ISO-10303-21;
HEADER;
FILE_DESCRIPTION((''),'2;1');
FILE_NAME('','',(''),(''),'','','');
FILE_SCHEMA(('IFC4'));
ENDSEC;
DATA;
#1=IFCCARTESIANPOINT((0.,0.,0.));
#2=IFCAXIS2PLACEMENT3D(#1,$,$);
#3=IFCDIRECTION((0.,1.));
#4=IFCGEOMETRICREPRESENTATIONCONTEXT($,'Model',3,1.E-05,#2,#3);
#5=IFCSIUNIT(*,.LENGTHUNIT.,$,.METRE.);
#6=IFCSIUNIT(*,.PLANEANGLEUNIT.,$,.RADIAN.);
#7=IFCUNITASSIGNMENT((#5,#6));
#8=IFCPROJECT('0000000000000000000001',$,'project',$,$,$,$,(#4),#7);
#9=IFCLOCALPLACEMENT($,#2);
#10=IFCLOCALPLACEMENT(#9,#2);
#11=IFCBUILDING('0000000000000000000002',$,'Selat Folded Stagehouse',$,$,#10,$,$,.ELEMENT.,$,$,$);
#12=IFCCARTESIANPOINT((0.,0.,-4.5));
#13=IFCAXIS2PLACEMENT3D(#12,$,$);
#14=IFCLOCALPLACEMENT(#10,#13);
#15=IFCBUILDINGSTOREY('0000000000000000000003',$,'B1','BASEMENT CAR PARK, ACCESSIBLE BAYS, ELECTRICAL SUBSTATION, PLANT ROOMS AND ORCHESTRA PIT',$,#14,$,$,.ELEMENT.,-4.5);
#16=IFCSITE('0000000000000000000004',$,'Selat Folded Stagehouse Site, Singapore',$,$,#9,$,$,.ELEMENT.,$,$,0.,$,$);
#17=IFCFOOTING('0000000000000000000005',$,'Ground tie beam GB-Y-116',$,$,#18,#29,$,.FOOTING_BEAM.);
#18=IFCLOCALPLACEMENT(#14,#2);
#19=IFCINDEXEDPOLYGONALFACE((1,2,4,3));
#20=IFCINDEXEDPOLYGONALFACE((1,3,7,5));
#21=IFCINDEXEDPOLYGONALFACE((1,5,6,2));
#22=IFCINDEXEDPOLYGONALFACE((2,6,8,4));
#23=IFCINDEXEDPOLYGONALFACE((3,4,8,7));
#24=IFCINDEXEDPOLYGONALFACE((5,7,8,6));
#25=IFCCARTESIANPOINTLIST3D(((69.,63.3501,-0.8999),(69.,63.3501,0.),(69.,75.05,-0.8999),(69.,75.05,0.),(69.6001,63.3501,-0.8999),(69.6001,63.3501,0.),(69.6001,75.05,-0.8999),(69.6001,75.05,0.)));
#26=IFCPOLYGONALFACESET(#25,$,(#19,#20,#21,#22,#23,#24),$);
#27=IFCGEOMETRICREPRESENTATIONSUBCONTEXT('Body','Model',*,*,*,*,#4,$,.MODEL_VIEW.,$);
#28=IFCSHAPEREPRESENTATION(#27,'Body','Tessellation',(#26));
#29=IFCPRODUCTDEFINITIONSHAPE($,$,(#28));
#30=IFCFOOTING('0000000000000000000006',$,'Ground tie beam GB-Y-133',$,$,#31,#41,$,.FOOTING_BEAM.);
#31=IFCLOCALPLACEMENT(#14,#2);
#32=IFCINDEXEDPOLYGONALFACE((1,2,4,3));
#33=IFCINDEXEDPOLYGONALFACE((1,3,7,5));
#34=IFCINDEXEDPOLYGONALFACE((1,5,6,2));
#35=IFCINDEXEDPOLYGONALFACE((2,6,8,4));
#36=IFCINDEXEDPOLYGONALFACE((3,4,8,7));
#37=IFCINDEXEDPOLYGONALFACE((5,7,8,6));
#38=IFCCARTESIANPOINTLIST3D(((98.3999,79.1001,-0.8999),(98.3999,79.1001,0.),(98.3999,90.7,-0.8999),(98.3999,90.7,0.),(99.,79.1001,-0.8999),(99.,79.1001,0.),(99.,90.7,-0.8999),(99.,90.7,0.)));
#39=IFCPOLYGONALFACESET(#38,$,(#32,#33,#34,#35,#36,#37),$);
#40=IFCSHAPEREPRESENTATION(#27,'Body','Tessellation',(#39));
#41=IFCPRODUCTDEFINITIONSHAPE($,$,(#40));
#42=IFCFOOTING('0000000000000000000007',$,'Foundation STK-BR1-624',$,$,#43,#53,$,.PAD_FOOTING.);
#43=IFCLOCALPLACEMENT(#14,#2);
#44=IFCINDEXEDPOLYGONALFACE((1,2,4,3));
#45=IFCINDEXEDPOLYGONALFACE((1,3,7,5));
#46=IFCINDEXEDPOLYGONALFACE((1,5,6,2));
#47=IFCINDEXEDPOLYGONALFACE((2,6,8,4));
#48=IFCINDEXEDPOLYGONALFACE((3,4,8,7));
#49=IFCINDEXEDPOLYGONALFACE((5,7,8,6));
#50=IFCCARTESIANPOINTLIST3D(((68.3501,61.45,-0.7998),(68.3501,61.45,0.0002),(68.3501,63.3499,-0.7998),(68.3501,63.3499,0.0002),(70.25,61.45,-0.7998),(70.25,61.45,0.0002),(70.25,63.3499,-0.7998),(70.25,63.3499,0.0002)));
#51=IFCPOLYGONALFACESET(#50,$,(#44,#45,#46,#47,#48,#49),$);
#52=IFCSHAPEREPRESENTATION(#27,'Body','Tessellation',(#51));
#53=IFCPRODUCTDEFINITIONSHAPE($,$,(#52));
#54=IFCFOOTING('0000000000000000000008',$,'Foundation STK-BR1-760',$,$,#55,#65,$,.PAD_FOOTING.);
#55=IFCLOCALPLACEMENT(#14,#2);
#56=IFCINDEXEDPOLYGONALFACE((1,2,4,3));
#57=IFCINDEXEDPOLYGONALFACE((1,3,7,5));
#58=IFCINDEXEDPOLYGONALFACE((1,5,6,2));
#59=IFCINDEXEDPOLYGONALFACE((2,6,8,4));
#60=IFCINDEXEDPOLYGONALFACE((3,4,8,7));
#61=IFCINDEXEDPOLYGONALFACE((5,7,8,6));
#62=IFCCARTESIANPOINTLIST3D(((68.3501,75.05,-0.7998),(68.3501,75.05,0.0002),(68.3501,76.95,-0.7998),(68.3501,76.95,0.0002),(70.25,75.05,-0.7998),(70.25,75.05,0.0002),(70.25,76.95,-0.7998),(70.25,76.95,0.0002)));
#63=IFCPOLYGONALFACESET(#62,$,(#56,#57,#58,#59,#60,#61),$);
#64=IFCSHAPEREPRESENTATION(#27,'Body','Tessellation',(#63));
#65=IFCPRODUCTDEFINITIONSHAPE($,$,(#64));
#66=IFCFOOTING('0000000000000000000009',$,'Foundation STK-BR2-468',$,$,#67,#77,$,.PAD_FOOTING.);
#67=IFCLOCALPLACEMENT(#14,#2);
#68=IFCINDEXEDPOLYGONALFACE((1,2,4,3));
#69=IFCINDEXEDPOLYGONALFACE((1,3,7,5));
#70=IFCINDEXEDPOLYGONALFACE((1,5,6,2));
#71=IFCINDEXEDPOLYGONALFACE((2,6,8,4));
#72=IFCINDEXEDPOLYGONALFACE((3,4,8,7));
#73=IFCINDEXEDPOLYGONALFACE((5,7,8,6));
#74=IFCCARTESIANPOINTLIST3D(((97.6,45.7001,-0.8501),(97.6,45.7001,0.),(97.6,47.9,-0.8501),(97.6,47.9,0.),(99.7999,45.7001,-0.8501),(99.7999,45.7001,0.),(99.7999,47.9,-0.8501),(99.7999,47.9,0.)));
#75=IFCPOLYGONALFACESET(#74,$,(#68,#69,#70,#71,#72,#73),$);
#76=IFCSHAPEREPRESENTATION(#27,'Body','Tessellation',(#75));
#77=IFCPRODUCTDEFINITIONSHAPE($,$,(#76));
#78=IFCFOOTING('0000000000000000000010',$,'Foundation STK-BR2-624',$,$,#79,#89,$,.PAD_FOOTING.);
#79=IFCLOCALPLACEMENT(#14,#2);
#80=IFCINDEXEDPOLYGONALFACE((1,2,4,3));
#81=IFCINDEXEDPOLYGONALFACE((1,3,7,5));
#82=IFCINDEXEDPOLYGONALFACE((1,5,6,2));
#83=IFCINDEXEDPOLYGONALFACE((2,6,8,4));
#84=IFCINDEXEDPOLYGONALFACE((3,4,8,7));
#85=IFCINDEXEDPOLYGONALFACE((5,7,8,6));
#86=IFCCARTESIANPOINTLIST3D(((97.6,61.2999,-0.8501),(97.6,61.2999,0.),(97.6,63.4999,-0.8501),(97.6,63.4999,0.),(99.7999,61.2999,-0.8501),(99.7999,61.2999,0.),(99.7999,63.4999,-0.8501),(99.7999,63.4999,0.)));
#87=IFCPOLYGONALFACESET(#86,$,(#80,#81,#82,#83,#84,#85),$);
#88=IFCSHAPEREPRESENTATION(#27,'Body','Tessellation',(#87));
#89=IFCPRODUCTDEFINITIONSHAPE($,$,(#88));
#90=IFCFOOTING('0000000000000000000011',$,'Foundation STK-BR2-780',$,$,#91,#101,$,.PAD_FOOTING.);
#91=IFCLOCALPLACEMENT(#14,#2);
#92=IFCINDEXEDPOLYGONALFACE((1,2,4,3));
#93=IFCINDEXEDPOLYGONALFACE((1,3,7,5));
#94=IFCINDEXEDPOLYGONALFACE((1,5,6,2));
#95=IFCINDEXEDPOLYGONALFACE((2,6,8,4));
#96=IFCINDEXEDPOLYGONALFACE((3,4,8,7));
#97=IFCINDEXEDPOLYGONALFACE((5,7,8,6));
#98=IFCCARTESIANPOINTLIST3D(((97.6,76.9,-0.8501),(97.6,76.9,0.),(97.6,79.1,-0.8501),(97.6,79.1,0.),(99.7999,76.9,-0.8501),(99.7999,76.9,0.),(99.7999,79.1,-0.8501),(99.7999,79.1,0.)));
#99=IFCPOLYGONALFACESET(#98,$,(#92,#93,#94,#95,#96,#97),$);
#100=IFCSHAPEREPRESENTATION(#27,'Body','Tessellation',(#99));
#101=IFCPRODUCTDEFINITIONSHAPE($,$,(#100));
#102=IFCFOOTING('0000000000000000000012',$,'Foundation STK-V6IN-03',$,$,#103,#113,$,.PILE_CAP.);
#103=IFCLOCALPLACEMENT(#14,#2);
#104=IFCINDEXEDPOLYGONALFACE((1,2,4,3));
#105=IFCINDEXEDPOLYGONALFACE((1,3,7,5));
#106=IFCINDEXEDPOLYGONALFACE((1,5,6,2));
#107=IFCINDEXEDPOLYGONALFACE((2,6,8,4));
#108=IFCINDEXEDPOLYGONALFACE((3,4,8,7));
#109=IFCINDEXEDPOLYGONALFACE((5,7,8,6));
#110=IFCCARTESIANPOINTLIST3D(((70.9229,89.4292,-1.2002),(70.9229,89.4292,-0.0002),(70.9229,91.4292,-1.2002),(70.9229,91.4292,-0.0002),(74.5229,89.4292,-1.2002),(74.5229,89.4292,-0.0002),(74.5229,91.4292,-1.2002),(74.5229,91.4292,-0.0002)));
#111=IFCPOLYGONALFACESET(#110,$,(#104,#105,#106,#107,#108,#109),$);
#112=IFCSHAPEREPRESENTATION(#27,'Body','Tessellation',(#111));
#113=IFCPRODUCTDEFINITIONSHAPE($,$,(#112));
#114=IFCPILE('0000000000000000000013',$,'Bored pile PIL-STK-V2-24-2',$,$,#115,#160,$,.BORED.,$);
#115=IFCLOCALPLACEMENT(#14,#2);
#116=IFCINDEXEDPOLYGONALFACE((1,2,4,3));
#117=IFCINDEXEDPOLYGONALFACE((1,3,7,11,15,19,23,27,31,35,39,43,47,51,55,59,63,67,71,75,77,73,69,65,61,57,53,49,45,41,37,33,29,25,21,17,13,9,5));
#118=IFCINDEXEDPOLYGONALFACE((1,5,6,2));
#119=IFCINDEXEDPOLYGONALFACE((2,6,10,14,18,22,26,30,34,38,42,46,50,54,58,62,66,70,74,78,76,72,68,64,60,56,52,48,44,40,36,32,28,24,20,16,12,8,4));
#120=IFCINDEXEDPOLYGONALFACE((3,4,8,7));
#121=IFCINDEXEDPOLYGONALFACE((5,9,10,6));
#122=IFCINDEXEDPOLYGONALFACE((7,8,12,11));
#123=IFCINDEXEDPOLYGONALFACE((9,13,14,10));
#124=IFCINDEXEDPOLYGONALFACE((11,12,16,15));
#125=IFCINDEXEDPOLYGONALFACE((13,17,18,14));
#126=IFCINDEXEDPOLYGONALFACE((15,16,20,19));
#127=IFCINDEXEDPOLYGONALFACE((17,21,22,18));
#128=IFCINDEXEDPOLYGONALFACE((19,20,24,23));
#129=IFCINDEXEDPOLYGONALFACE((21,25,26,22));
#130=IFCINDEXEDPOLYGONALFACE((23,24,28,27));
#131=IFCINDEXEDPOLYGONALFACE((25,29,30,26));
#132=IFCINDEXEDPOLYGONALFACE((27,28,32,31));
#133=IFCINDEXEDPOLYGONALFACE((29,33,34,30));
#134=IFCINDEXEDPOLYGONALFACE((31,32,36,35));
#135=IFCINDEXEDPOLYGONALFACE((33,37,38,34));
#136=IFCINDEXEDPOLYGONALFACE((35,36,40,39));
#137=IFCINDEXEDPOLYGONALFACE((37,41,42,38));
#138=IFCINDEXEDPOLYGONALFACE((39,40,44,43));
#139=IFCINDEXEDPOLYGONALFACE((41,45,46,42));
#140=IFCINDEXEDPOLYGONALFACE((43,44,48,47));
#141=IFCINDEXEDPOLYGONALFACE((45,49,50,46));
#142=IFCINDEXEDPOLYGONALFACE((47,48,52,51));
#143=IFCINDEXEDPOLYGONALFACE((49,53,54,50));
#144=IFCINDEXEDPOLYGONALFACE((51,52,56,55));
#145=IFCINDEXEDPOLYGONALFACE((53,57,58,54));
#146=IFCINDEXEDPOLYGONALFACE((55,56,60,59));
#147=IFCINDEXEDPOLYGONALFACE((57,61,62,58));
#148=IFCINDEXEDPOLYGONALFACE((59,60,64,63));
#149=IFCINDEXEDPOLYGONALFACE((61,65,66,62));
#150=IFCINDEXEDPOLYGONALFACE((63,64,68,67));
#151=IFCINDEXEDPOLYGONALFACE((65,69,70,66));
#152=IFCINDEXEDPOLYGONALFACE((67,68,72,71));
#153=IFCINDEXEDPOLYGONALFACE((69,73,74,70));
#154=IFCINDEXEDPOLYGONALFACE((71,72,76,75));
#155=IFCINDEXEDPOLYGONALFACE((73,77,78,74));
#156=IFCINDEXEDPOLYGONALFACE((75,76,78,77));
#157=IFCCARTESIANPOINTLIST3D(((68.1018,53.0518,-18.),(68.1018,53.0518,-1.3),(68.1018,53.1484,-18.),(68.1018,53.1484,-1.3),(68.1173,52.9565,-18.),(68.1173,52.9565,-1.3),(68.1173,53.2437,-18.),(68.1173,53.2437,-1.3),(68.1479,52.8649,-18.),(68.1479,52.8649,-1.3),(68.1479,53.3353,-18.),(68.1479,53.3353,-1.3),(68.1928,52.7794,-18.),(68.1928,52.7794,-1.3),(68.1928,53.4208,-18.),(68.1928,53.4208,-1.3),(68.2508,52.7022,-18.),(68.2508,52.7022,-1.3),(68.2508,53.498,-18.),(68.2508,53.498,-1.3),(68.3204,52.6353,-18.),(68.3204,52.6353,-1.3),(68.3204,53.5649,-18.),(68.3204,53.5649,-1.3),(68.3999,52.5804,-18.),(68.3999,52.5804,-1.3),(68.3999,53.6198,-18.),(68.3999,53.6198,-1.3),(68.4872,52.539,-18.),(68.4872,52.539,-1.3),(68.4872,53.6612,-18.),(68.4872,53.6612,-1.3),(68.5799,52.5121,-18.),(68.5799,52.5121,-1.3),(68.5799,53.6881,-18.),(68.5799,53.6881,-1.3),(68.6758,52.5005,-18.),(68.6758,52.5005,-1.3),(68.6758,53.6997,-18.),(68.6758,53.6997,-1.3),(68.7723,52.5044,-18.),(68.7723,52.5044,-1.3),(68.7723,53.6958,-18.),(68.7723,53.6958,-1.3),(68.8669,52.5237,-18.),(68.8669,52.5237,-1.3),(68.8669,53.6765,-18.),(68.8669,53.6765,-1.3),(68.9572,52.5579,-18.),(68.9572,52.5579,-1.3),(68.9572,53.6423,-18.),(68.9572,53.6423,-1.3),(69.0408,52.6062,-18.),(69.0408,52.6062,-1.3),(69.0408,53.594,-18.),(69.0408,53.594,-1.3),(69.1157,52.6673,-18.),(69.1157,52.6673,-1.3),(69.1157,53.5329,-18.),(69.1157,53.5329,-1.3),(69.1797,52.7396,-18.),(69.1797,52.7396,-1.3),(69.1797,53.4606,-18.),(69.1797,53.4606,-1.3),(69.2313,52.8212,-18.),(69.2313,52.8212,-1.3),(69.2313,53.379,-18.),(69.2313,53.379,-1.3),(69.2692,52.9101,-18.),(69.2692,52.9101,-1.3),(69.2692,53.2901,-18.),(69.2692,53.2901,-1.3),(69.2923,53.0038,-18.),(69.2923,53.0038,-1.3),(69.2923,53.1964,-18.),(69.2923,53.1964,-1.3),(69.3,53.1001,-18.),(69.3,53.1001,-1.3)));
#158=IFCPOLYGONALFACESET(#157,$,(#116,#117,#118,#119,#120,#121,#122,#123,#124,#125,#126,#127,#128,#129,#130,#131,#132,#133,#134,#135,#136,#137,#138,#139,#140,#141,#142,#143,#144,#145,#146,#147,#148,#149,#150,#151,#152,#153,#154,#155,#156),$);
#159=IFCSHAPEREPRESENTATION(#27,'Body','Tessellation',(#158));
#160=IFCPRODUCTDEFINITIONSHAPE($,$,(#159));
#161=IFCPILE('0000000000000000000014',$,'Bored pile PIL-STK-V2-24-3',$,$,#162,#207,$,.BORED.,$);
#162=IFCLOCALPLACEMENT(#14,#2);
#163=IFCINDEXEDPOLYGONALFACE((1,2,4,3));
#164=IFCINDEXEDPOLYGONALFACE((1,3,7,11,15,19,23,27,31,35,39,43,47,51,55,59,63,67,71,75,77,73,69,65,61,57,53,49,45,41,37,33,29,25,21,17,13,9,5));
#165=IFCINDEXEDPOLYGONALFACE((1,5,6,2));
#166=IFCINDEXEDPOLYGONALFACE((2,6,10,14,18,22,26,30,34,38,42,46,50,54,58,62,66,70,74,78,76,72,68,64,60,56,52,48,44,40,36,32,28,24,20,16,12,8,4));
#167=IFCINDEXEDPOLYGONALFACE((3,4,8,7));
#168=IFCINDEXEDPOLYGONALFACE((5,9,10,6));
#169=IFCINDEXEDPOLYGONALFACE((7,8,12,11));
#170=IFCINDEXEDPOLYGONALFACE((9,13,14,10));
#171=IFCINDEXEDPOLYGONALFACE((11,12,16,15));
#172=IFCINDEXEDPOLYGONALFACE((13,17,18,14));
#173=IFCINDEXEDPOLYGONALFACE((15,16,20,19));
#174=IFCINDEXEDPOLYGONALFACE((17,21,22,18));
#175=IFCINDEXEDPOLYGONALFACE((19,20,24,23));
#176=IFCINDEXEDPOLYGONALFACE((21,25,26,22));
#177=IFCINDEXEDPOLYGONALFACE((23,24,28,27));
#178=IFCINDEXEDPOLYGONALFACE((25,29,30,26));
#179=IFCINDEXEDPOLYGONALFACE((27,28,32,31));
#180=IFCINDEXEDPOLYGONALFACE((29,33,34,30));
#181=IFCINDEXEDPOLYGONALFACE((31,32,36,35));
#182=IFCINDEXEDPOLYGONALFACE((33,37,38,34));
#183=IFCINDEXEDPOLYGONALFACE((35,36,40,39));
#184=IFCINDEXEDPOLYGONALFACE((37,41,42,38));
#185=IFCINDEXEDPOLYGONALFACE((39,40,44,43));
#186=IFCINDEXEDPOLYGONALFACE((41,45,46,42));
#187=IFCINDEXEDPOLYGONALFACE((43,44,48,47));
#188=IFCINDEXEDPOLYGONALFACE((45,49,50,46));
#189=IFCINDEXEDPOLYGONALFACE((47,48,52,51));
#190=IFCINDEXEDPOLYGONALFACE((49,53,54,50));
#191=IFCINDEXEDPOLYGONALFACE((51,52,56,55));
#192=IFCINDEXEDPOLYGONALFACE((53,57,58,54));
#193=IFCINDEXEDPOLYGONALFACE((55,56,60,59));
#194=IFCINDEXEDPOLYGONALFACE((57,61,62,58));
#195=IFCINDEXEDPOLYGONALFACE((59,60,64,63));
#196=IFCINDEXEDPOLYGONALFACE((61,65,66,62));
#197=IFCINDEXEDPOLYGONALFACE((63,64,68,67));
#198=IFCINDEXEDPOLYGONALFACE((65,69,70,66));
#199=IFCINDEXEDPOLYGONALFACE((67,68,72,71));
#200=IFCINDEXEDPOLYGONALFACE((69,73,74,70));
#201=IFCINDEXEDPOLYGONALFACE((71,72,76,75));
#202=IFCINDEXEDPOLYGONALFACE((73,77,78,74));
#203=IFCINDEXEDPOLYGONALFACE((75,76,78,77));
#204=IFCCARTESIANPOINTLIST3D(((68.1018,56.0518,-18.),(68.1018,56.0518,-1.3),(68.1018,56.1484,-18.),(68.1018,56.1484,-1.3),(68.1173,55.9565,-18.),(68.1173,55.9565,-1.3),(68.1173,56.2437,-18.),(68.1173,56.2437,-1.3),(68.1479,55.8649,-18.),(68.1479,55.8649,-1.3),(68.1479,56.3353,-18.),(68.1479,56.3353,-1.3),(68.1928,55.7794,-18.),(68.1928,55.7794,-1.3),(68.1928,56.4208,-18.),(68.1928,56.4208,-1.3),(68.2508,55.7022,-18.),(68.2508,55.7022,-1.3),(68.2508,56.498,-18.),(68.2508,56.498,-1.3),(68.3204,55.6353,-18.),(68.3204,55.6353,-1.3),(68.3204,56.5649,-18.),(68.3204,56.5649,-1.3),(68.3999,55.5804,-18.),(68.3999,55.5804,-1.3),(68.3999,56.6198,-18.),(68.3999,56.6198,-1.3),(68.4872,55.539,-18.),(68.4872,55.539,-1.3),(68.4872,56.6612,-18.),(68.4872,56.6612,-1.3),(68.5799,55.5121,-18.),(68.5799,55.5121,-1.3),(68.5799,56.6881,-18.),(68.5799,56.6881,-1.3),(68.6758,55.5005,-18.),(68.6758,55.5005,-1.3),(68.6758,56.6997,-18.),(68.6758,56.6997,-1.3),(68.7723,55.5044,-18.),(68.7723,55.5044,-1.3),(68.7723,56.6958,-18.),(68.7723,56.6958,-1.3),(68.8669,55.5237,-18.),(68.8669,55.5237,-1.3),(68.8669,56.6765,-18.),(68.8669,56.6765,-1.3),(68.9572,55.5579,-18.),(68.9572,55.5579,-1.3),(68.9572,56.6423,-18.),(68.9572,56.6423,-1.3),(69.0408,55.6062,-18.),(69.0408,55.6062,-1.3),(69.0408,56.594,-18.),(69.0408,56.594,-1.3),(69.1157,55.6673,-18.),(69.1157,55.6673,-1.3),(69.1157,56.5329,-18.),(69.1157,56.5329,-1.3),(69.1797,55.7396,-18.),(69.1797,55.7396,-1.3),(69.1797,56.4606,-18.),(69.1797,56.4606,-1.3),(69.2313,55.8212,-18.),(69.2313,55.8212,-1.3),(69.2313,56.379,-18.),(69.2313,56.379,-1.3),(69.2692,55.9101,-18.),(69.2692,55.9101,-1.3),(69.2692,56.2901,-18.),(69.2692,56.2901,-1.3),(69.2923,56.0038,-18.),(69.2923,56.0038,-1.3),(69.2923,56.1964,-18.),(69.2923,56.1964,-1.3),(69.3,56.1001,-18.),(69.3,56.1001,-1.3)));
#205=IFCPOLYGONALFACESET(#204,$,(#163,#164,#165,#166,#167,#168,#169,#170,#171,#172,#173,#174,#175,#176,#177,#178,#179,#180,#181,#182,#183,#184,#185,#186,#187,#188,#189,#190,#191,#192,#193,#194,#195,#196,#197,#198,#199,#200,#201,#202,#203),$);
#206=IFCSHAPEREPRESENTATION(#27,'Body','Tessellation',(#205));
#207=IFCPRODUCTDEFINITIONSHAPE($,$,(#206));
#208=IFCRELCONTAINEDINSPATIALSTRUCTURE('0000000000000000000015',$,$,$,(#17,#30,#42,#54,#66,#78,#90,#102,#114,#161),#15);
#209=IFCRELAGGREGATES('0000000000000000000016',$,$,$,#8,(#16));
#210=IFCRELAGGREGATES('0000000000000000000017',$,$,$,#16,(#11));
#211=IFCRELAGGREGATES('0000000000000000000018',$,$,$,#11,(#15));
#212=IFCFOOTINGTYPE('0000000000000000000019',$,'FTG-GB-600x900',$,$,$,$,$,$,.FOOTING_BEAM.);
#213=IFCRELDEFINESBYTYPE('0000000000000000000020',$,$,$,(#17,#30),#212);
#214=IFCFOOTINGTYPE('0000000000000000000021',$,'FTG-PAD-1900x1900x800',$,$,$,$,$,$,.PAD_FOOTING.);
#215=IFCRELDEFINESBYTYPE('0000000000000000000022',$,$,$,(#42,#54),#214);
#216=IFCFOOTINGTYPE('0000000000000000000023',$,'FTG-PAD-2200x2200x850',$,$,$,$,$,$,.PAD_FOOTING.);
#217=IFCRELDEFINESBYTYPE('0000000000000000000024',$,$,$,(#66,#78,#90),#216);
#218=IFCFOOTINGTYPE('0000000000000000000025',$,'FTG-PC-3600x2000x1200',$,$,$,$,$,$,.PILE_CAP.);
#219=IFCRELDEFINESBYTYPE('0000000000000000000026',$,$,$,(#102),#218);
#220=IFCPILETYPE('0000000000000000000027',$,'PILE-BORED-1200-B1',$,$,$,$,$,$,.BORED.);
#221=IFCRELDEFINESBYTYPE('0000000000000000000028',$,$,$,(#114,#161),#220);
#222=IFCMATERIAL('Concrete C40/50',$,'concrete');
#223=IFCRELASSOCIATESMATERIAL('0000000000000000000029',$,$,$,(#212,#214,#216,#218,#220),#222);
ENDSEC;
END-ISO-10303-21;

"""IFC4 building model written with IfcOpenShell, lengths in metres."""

from ifc_helpers import new_model, si_unit, direction, frame, origin, origin_2d, place, context, subcontext, project, spatial, rectangle, circle, extrude, material, material_profile, profile_set, type_object, element, save


model = new_model("IFC4")

# Units and contexts
model_context = context("Model", 3, precision=1e-05, world=origin(), true_north=direction((0.0, 1.0)))
body_context = subcontext(model_context, "Body", "Model", "MODEL_VIEW")
ifc_project = project(units=[si_unit("LENGTHUNIT", "METRE"), si_unit("PLANEANGLEUNIT", "RADIAN")], contexts=[model_context])

# Site, building, storey
site_placement = place(None, origin())
site = spatial("IfcSite", under=ifc_project, at=site_placement, Name="Selat Folded Stagehouse Site, Singapore", CompositionType="ELEMENT", RefElevation=0.0)
building_placement = place(site_placement, origin())
building = spatial("IfcBuilding", under=site, at=building_placement, Name="Selat Folded Stagehouse", CompositionType="ELEMENT")
storey_placement = place(building_placement, frame((0.0, 0.0, -4.5)))
storey = spatial("IfcBuildingStorey", under=building, at=storey_placement, Name="B1", Description="BASEMENT CAR PARK, ACCESSIBLE BAYS, ELECTRICAL SUBSTATION, PLANT ROOMS AND ORCHESTRA PIT", CompositionType="ELEMENT", Elevation=-4.5)

# Footings
ifc_material_1 = material(Name="Concrete C40/50", Category="concrete")
ifc_material_profile_1 = material_profile(ifc_material_1, rectangle(XDim=0.6001, YDim=0.8999, at=origin_2d()), Name="RC 900x600")
ifc_profile_set_1 = profile_set([ifc_material_profile_1], Name="Concrete C40/50")
footing_type_1 = type_object("IfcFootingType", Name="FTG-GB-600x900", PredefinedType="FOOTING_BEAM", material=ifc_profile_set_1)
footing_1_placement = place(storey_placement, frame((69.3, 63.3501, -0.45), z_axis=(0.0, 1.0, 0.0), x_axis=(-1.0, 0.0, 0.0)))
element("IfcFooting", 1, at=footing_1_placement, inside=storey, type_object=footing_type_1, Name="Ground tie beam GB-Y-116", PredefinedType="FOOTING_BEAM", context=body_context, shape_type="SweptSolid", body=[
    extrude(rectangle(XDim=0.6001, YDim=0.8999, at=origin_2d()), origin(), (0.0, 0.0, 1.0), 11.7),
])
footing_2_placement = place(storey_placement, frame((98.7, 79.1001, -0.45), z_axis=(0.0, 1.0, 0.0), x_axis=(-1.0, 0.0, 0.0)))
element("IfcFooting", 2, at=footing_2_placement, inside=storey, type_object=footing_type_1, Name="Ground tie beam GB-Y-133", PredefinedType="FOOTING_BEAM", context=body_context, shape_type="SweptSolid", body=[
    extrude(rectangle(XDim=0.6001, YDim=0.8999, at=origin_2d()), origin(), (0.0, 0.0, 1.0), 11.5999),
])
footing_type_2 = type_object("IfcFootingType", Name="FTG-PAD-1900x1900x800", PredefinedType="PAD_FOOTING", material=ifc_material_1)
for number, where, z_axis, x_axis, name in (
    (3, (69.3, 62.3999, -0.7998), (0.0, 0.0, 1.0), (1.0, 0.0, 0.0), "Foundation STK-BR1-624"),
    (4, (69.3, 76.0, -0.7998), (0.0, 0.0, 1.0), (1.0, 0.0, 0.0), "Foundation STK-BR1-760"),
):
    element("IfcFooting", number, at=place(storey_placement, frame(where, z_axis=z_axis, x_axis=x_axis)), inside=storey, type_object=footing_type_2, Name=name, PredefinedType="PAD_FOOTING", context=body_context, shape_type="SweptSolid", body=[
        extrude(rectangle(XDim=1.8999, YDim=1.8999, at=origin_2d()), origin(), (0.0, 0.0, 1.0), 0.8),
    ])
footing_type_3 = type_object("IfcFootingType", Name="FTG-PAD-2200x2200x850", PredefinedType="PAD_FOOTING", material=ifc_material_1)
for number, where, z_axis, x_axis, name in (
    (5, (98.7, 46.8, -0.8501), (0.0, 0.0, 1.0), (1.0, 0.0, 0.0), "Foundation STK-BR2-468"),
    (6, (98.7, 62.3999, -0.8501), (0.0, 0.0, 1.0), (1.0, 0.0, 0.0), "Foundation STK-BR2-624"),
    (7, (98.7, 78.0, -0.8501), (0.0, 0.0, 1.0), (1.0, 0.0, 0.0), "Foundation STK-BR2-780"),
):
    element("IfcFooting", number, at=place(storey_placement, frame(where, z_axis=z_axis, x_axis=x_axis)), inside=storey, type_object=footing_type_3, Name=name, PredefinedType="PAD_FOOTING", context=body_context, shape_type="SweptSolid", body=[
        extrude(rectangle(XDim=2.2, YDim=2.2, at=origin_2d()), origin(), (0.0, 0.0, 1.0), 0.8501),
    ])
footing_type_4 = type_object("IfcFootingType", Name="FTG-PC-3600x2000x1200", PredefinedType="PILE_CAP", material=ifc_material_1)
footing_3_placement = place(storey_placement, frame((72.7229, 90.4292, -1.2002), z_axis=(0.0, 0.0, 1.0), x_axis=(1.0, 0.0, 0.0)))
element("IfcFooting", 8, at=footing_3_placement, inside=storey, type_object=footing_type_4, Name="Foundation STK-V6IN-03", PredefinedType="PILE_CAP", context=body_context, shape_type="SweptSolid", body=[
    extrude(rectangle(XDim=3.6001, YDim=2.0, at=origin_2d()), origin(), (0.0, 0.0, 1.0), 1.2),
])

# Piles
ifc_material_profile_2 = material_profile(ifc_material_1, circle(Radius=0.6001, at=origin_2d()), Name="PILE D1200")
ifc_profile_set_2 = profile_set([ifc_material_profile_2], Name="Concrete C40/50")
pile_type_1 = type_object("IfcPileType", Name="PILE-BORED-1200-B1", PredefinedType="BORED", material=ifc_profile_set_2)
for number, where, z_axis, x_axis, name in (
    (9, (68.7, 53.1001, -1.3), (0.0, 0.0, -1.0), (1.0, 0.0, 0.0), "Bored pile PIL-STK-V2-24-2"),
    (10, (68.7, 56.1001, -1.3), (0.0, 0.0, -1.0), (1.0, 0.0, 0.0), "Bored pile PIL-STK-V2-24-3"),
):
    element("IfcPile", number, at=place(storey_placement, frame(where, z_axis=z_axis, x_axis=x_axis)), inside=storey, type_object=pile_type_1, Name=name, PredefinedType="BORED", context=body_context, shape_type="SweptSolid", body=[
        extrude(circle(Radius=0.6001, at=origin_2d()), origin(), (0.0, 0.0, 1.0), 16.7),
    ])

save(model, "model.ifc")
